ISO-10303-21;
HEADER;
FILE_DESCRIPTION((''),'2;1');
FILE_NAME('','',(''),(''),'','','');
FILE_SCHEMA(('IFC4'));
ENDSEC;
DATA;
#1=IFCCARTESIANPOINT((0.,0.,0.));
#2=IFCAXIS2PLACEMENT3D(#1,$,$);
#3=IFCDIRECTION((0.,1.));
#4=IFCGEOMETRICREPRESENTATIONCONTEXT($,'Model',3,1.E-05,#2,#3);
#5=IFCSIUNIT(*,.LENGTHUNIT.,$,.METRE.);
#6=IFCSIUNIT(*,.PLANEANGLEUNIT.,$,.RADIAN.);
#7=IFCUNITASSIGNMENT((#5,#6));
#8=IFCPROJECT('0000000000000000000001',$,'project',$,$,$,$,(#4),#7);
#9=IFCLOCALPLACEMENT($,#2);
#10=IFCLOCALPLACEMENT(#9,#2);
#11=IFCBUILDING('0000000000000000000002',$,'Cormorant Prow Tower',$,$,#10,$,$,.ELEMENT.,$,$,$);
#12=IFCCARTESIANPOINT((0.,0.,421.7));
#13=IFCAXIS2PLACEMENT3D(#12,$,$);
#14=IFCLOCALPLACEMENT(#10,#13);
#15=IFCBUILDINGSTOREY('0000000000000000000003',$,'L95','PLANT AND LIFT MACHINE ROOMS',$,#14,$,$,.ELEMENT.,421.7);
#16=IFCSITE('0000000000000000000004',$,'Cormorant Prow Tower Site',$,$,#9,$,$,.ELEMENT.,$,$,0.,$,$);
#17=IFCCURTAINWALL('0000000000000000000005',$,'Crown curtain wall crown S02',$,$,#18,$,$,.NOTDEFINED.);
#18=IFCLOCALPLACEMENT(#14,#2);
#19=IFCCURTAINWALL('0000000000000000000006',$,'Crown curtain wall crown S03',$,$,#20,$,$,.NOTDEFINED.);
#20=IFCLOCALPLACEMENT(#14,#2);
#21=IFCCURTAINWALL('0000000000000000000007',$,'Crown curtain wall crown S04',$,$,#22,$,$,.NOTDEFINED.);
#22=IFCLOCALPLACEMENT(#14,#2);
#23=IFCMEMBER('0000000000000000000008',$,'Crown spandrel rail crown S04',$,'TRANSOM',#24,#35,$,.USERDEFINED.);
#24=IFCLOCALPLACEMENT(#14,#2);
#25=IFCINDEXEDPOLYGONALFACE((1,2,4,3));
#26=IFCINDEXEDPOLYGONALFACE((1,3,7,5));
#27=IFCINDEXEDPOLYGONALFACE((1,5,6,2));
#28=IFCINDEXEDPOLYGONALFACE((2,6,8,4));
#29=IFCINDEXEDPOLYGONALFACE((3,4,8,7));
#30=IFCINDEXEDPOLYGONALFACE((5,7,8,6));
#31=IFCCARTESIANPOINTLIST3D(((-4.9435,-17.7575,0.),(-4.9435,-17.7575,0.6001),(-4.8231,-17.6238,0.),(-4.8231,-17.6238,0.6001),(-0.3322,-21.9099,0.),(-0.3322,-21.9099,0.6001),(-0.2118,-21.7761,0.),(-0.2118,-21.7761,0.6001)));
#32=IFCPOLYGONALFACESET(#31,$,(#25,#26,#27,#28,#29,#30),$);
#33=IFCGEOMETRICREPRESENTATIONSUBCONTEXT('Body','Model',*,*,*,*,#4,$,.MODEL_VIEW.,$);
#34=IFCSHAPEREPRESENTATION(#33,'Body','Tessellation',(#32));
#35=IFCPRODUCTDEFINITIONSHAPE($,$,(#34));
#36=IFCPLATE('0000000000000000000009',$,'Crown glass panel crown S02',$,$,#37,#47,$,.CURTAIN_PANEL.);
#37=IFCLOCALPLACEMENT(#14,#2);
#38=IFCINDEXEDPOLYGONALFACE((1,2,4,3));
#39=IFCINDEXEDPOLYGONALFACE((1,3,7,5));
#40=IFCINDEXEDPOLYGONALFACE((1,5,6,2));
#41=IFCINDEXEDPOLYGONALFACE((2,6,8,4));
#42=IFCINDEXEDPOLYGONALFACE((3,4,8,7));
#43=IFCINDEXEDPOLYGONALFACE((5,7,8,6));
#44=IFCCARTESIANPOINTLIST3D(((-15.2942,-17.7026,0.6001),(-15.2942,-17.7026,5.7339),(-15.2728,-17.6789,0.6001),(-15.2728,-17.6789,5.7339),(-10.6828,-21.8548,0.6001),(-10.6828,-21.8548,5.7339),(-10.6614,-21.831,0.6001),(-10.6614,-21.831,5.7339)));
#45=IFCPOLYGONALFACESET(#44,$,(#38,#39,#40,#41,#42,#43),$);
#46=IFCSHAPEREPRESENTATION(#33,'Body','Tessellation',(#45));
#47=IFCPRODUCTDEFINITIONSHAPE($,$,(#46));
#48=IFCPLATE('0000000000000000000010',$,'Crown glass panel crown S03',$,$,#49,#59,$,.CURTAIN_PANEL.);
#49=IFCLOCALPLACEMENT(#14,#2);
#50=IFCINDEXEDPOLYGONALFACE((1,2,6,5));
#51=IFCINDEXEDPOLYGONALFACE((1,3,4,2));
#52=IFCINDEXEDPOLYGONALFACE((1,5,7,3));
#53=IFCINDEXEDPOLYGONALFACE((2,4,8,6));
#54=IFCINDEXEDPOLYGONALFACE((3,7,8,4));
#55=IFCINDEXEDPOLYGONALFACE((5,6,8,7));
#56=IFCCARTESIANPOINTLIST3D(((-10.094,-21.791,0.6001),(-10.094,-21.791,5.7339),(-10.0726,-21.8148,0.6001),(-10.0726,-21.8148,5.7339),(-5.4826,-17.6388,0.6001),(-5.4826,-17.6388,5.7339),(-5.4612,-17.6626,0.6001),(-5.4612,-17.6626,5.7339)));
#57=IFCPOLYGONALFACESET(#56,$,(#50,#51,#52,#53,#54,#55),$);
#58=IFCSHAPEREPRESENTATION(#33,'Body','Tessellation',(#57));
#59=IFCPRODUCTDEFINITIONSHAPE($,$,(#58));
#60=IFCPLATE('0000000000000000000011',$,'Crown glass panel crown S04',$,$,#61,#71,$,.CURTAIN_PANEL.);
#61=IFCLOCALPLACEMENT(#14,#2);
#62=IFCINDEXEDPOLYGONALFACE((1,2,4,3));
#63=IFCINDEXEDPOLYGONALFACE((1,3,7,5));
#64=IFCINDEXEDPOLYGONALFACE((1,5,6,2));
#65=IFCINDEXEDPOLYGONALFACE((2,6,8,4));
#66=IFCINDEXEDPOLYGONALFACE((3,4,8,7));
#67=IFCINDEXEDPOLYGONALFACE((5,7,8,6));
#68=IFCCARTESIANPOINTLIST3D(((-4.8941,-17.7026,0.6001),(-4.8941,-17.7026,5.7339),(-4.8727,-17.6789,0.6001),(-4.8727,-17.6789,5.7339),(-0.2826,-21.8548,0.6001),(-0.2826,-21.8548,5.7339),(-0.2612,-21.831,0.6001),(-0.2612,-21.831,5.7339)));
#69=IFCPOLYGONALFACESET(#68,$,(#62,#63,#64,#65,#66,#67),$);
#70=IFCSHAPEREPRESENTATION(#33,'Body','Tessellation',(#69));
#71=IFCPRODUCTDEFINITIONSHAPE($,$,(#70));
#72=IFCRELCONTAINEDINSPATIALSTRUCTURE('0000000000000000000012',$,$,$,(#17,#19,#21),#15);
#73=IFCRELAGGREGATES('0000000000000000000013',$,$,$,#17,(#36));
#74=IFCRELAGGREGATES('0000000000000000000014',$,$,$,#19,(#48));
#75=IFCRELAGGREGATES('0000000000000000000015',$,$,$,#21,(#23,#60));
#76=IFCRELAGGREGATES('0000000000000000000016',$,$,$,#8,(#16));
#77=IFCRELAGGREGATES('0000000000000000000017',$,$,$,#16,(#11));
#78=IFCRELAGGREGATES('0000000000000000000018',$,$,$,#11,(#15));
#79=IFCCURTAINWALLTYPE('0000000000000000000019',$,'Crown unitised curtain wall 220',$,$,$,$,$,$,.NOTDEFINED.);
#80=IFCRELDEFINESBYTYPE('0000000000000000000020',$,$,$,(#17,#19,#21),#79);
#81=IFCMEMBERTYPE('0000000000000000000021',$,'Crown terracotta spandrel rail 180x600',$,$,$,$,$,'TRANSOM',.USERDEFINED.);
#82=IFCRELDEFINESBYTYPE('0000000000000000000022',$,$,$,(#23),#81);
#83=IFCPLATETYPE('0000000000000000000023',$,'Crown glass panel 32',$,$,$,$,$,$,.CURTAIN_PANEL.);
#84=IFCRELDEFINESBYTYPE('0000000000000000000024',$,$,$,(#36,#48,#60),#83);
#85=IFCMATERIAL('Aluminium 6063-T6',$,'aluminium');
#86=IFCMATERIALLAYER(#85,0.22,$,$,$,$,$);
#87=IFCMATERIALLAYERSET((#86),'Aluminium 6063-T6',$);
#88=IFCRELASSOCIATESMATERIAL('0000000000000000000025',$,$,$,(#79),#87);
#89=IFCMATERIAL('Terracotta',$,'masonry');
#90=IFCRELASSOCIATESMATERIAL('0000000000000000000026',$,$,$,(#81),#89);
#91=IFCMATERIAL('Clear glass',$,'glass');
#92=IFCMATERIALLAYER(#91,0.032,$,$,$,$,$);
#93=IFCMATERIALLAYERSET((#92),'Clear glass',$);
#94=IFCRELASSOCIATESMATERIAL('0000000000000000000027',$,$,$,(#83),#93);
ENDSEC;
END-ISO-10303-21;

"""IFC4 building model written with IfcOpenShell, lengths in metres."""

from ifc_helpers import new_model, si_unit, direction, frame, origin, origin_2d, place, context, subcontext, project, spatial, rectangle, extrude, material, layer, layer_set, material_profile, profile_set, type_object, element, aggregate, save


model = new_model("IFC4")

# Units and contexts
model_context = context("Model", 3, precision=1e-05, world=origin(), true_north=direction((0.0, 1.0)))
body_context = subcontext(model_context, "Body", "Model", "MODEL_VIEW")
ifc_project = project(units=[si_unit("LENGTHUNIT", "METRE"), si_unit("PLANEANGLEUNIT", "RADIAN")], contexts=[model_context])

# Site, building, storey
site_placement = place(None, origin())
site = spatial("IfcSite", under=ifc_project, at=site_placement, Name="Cormorant Prow Tower Site", CompositionType="ELEMENT", RefElevation=0.0)
building_placement = place(site_placement, origin())
building = spatial("IfcBuilding", under=site, at=building_placement, Name="Cormorant Prow Tower", CompositionType="ELEMENT")
storey_placement = place(building_placement, frame((0.0, 0.0, 421.7)))
storey = spatial("IfcBuildingStorey", under=building, at=storey_placement, Name="L95", Description="PLANT AND LIFT MACHINE ROOMS", CompositionType="ELEMENT", Elevation=421.7)

# Curtain walls
ifc_material_1 = material(Name="Aluminium 6063-T6", Category="aluminium")
ifc_layer_1 = layer(ifc_material_1, 0.22)
ifc_layer_set_1 = layer_set([ifc_layer_1], Name="Aluminium 6063-T6")
curtain_wall_type = type_object("IfcCurtainWallType", Name="Crown unitised curtain wall 220", PredefinedType="NOTDEFINED", material=ifc_layer_set_1)
curtain_wall_1_placement = place(storey_placement, origin())
curtain_wall_1 = element("IfcCurtainWall", 1, at=curtain_wall_1_placement, inside=storey, type_object=curtain_wall_type, Name="Crown curtain wall crown S02", PredefinedType="NOTDEFINED")
curtain_wall_2_placement = place(storey_placement, origin())
curtain_wall_2 = element("IfcCurtainWall", 2, at=curtain_wall_2_placement, inside=storey, type_object=curtain_wall_type, Name="Crown curtain wall crown S03", PredefinedType="NOTDEFINED")
curtain_wall_3_placement = place(storey_placement, origin())
curtain_wall_3 = element("IfcCurtainWall", 3, at=curtain_wall_3_placement, inside=storey, type_object=curtain_wall_type, Name="Crown curtain wall crown S04", PredefinedType="NOTDEFINED")

# Member
ifc_material_2 = material(Name="Terracotta", Category="masonry")
ifc_material_profile_1 = material_profile(ifc_material_2, rectangle(XDim=0.1799, YDim=0.6001, at=origin_2d()), Name="Crown terracotta spandrel rail 180x600")
ifc_profile_set_1 = profile_set([ifc_material_profile_1], Name="Terracotta")
member_type_1 = type_object("IfcMemberType", Name="Crown terracotta spandrel rail 180x600", ElementType="TRANSOM", PredefinedType="USERDEFINED", material=ifc_profile_set_1)
member_1_placement = place(storey_placement, frame((-4.8833, -17.6907, 0.3), z_axis=(0.743122, -0.669156, 0.0), x_axis=(0.669156, 0.743122, 0.0)))
member_1 = element("IfcMember", 4, at=member_1_placement, type_object=member_type_1, Name="Crown spandrel rail crown S04", ObjectType="TRANSOM", PredefinedType="USERDEFINED", context=body_context, shape_type="SweptSolid", body=[
    extrude(rectangle(XDim=0.1799, YDim=0.6001, at=origin_2d()), origin(), (0.0, 0.0, 1.0), 6.2053),
])

# Plates
ifc_material_3 = material(Name="Clear glass", Category="glass")
ifc_layer_2 = layer(ifc_material_3, 0.032)
ifc_layer_set_2 = layer_set([ifc_layer_2], Name="Clear glass")
plate_type = type_object("IfcPlateType", Name="Crown glass panel 32", PredefinedType="CURTAIN_PANEL", material=ifc_layer_set_2)
plate_1_placement = place(storey_placement, frame((-12.9778, -19.7668, 0.6001), z_axis=(0.0, 0.0, 1.0), x_axis=(0.743145, -0.669131, 0.0)))
plate_1 = element("IfcPlate", 5, at=plate_1_placement, type_object=plate_type, Name="Crown glass panel crown S02", PredefinedType="CURTAIN_PANEL", context=body_context, shape_type="SweptSolid", body=[
    extrude(rectangle(XDim=6.2053, YDim=0.032, at=origin_2d()), origin(), (0.0, 0.0, 1.0), 5.1338),
])
aggregate(curtain_wall_1, [plate_1])
plate_2_placement = place(storey_placement, frame((-7.7776, -19.7268, 0.6001), z_axis=(0.0, 0.0, 1.0), x_axis=(0.743145, 0.669131, 0.0)))
plate_2 = element("IfcPlate", 6, at=plate_2_placement, type_object=plate_type, Name="Crown glass panel crown S03", PredefinedType="CURTAIN_PANEL", context=body_context, shape_type="SweptSolid", body=[
    extrude(rectangle(XDim=6.2053, YDim=0.032, at=origin_2d()), origin(), (0.0, 0.0, 1.0), 5.1338),
])
aggregate(curtain_wall_2, [plate_2])
plate_3_placement = place(storey_placement, frame((-2.5776, -19.7668, 0.6001), z_axis=(0.0, 0.0, 1.0), x_axis=(0.743145, -0.669131, 0.0)))
plate_3 = element("IfcPlate", 7, at=plate_3_placement, type_object=plate_type, Name="Crown glass panel crown S04", PredefinedType="CURTAIN_PANEL", context=body_context, shape_type="SweptSolid", body=[
    extrude(rectangle(XDim=6.2053, YDim=0.032, at=origin_2d()), origin(), (0.0, 0.0, 1.0), 5.1338),
])
aggregate(curtain_wall_3, [member_1, plate_3])

save(model, "model.ifc")
